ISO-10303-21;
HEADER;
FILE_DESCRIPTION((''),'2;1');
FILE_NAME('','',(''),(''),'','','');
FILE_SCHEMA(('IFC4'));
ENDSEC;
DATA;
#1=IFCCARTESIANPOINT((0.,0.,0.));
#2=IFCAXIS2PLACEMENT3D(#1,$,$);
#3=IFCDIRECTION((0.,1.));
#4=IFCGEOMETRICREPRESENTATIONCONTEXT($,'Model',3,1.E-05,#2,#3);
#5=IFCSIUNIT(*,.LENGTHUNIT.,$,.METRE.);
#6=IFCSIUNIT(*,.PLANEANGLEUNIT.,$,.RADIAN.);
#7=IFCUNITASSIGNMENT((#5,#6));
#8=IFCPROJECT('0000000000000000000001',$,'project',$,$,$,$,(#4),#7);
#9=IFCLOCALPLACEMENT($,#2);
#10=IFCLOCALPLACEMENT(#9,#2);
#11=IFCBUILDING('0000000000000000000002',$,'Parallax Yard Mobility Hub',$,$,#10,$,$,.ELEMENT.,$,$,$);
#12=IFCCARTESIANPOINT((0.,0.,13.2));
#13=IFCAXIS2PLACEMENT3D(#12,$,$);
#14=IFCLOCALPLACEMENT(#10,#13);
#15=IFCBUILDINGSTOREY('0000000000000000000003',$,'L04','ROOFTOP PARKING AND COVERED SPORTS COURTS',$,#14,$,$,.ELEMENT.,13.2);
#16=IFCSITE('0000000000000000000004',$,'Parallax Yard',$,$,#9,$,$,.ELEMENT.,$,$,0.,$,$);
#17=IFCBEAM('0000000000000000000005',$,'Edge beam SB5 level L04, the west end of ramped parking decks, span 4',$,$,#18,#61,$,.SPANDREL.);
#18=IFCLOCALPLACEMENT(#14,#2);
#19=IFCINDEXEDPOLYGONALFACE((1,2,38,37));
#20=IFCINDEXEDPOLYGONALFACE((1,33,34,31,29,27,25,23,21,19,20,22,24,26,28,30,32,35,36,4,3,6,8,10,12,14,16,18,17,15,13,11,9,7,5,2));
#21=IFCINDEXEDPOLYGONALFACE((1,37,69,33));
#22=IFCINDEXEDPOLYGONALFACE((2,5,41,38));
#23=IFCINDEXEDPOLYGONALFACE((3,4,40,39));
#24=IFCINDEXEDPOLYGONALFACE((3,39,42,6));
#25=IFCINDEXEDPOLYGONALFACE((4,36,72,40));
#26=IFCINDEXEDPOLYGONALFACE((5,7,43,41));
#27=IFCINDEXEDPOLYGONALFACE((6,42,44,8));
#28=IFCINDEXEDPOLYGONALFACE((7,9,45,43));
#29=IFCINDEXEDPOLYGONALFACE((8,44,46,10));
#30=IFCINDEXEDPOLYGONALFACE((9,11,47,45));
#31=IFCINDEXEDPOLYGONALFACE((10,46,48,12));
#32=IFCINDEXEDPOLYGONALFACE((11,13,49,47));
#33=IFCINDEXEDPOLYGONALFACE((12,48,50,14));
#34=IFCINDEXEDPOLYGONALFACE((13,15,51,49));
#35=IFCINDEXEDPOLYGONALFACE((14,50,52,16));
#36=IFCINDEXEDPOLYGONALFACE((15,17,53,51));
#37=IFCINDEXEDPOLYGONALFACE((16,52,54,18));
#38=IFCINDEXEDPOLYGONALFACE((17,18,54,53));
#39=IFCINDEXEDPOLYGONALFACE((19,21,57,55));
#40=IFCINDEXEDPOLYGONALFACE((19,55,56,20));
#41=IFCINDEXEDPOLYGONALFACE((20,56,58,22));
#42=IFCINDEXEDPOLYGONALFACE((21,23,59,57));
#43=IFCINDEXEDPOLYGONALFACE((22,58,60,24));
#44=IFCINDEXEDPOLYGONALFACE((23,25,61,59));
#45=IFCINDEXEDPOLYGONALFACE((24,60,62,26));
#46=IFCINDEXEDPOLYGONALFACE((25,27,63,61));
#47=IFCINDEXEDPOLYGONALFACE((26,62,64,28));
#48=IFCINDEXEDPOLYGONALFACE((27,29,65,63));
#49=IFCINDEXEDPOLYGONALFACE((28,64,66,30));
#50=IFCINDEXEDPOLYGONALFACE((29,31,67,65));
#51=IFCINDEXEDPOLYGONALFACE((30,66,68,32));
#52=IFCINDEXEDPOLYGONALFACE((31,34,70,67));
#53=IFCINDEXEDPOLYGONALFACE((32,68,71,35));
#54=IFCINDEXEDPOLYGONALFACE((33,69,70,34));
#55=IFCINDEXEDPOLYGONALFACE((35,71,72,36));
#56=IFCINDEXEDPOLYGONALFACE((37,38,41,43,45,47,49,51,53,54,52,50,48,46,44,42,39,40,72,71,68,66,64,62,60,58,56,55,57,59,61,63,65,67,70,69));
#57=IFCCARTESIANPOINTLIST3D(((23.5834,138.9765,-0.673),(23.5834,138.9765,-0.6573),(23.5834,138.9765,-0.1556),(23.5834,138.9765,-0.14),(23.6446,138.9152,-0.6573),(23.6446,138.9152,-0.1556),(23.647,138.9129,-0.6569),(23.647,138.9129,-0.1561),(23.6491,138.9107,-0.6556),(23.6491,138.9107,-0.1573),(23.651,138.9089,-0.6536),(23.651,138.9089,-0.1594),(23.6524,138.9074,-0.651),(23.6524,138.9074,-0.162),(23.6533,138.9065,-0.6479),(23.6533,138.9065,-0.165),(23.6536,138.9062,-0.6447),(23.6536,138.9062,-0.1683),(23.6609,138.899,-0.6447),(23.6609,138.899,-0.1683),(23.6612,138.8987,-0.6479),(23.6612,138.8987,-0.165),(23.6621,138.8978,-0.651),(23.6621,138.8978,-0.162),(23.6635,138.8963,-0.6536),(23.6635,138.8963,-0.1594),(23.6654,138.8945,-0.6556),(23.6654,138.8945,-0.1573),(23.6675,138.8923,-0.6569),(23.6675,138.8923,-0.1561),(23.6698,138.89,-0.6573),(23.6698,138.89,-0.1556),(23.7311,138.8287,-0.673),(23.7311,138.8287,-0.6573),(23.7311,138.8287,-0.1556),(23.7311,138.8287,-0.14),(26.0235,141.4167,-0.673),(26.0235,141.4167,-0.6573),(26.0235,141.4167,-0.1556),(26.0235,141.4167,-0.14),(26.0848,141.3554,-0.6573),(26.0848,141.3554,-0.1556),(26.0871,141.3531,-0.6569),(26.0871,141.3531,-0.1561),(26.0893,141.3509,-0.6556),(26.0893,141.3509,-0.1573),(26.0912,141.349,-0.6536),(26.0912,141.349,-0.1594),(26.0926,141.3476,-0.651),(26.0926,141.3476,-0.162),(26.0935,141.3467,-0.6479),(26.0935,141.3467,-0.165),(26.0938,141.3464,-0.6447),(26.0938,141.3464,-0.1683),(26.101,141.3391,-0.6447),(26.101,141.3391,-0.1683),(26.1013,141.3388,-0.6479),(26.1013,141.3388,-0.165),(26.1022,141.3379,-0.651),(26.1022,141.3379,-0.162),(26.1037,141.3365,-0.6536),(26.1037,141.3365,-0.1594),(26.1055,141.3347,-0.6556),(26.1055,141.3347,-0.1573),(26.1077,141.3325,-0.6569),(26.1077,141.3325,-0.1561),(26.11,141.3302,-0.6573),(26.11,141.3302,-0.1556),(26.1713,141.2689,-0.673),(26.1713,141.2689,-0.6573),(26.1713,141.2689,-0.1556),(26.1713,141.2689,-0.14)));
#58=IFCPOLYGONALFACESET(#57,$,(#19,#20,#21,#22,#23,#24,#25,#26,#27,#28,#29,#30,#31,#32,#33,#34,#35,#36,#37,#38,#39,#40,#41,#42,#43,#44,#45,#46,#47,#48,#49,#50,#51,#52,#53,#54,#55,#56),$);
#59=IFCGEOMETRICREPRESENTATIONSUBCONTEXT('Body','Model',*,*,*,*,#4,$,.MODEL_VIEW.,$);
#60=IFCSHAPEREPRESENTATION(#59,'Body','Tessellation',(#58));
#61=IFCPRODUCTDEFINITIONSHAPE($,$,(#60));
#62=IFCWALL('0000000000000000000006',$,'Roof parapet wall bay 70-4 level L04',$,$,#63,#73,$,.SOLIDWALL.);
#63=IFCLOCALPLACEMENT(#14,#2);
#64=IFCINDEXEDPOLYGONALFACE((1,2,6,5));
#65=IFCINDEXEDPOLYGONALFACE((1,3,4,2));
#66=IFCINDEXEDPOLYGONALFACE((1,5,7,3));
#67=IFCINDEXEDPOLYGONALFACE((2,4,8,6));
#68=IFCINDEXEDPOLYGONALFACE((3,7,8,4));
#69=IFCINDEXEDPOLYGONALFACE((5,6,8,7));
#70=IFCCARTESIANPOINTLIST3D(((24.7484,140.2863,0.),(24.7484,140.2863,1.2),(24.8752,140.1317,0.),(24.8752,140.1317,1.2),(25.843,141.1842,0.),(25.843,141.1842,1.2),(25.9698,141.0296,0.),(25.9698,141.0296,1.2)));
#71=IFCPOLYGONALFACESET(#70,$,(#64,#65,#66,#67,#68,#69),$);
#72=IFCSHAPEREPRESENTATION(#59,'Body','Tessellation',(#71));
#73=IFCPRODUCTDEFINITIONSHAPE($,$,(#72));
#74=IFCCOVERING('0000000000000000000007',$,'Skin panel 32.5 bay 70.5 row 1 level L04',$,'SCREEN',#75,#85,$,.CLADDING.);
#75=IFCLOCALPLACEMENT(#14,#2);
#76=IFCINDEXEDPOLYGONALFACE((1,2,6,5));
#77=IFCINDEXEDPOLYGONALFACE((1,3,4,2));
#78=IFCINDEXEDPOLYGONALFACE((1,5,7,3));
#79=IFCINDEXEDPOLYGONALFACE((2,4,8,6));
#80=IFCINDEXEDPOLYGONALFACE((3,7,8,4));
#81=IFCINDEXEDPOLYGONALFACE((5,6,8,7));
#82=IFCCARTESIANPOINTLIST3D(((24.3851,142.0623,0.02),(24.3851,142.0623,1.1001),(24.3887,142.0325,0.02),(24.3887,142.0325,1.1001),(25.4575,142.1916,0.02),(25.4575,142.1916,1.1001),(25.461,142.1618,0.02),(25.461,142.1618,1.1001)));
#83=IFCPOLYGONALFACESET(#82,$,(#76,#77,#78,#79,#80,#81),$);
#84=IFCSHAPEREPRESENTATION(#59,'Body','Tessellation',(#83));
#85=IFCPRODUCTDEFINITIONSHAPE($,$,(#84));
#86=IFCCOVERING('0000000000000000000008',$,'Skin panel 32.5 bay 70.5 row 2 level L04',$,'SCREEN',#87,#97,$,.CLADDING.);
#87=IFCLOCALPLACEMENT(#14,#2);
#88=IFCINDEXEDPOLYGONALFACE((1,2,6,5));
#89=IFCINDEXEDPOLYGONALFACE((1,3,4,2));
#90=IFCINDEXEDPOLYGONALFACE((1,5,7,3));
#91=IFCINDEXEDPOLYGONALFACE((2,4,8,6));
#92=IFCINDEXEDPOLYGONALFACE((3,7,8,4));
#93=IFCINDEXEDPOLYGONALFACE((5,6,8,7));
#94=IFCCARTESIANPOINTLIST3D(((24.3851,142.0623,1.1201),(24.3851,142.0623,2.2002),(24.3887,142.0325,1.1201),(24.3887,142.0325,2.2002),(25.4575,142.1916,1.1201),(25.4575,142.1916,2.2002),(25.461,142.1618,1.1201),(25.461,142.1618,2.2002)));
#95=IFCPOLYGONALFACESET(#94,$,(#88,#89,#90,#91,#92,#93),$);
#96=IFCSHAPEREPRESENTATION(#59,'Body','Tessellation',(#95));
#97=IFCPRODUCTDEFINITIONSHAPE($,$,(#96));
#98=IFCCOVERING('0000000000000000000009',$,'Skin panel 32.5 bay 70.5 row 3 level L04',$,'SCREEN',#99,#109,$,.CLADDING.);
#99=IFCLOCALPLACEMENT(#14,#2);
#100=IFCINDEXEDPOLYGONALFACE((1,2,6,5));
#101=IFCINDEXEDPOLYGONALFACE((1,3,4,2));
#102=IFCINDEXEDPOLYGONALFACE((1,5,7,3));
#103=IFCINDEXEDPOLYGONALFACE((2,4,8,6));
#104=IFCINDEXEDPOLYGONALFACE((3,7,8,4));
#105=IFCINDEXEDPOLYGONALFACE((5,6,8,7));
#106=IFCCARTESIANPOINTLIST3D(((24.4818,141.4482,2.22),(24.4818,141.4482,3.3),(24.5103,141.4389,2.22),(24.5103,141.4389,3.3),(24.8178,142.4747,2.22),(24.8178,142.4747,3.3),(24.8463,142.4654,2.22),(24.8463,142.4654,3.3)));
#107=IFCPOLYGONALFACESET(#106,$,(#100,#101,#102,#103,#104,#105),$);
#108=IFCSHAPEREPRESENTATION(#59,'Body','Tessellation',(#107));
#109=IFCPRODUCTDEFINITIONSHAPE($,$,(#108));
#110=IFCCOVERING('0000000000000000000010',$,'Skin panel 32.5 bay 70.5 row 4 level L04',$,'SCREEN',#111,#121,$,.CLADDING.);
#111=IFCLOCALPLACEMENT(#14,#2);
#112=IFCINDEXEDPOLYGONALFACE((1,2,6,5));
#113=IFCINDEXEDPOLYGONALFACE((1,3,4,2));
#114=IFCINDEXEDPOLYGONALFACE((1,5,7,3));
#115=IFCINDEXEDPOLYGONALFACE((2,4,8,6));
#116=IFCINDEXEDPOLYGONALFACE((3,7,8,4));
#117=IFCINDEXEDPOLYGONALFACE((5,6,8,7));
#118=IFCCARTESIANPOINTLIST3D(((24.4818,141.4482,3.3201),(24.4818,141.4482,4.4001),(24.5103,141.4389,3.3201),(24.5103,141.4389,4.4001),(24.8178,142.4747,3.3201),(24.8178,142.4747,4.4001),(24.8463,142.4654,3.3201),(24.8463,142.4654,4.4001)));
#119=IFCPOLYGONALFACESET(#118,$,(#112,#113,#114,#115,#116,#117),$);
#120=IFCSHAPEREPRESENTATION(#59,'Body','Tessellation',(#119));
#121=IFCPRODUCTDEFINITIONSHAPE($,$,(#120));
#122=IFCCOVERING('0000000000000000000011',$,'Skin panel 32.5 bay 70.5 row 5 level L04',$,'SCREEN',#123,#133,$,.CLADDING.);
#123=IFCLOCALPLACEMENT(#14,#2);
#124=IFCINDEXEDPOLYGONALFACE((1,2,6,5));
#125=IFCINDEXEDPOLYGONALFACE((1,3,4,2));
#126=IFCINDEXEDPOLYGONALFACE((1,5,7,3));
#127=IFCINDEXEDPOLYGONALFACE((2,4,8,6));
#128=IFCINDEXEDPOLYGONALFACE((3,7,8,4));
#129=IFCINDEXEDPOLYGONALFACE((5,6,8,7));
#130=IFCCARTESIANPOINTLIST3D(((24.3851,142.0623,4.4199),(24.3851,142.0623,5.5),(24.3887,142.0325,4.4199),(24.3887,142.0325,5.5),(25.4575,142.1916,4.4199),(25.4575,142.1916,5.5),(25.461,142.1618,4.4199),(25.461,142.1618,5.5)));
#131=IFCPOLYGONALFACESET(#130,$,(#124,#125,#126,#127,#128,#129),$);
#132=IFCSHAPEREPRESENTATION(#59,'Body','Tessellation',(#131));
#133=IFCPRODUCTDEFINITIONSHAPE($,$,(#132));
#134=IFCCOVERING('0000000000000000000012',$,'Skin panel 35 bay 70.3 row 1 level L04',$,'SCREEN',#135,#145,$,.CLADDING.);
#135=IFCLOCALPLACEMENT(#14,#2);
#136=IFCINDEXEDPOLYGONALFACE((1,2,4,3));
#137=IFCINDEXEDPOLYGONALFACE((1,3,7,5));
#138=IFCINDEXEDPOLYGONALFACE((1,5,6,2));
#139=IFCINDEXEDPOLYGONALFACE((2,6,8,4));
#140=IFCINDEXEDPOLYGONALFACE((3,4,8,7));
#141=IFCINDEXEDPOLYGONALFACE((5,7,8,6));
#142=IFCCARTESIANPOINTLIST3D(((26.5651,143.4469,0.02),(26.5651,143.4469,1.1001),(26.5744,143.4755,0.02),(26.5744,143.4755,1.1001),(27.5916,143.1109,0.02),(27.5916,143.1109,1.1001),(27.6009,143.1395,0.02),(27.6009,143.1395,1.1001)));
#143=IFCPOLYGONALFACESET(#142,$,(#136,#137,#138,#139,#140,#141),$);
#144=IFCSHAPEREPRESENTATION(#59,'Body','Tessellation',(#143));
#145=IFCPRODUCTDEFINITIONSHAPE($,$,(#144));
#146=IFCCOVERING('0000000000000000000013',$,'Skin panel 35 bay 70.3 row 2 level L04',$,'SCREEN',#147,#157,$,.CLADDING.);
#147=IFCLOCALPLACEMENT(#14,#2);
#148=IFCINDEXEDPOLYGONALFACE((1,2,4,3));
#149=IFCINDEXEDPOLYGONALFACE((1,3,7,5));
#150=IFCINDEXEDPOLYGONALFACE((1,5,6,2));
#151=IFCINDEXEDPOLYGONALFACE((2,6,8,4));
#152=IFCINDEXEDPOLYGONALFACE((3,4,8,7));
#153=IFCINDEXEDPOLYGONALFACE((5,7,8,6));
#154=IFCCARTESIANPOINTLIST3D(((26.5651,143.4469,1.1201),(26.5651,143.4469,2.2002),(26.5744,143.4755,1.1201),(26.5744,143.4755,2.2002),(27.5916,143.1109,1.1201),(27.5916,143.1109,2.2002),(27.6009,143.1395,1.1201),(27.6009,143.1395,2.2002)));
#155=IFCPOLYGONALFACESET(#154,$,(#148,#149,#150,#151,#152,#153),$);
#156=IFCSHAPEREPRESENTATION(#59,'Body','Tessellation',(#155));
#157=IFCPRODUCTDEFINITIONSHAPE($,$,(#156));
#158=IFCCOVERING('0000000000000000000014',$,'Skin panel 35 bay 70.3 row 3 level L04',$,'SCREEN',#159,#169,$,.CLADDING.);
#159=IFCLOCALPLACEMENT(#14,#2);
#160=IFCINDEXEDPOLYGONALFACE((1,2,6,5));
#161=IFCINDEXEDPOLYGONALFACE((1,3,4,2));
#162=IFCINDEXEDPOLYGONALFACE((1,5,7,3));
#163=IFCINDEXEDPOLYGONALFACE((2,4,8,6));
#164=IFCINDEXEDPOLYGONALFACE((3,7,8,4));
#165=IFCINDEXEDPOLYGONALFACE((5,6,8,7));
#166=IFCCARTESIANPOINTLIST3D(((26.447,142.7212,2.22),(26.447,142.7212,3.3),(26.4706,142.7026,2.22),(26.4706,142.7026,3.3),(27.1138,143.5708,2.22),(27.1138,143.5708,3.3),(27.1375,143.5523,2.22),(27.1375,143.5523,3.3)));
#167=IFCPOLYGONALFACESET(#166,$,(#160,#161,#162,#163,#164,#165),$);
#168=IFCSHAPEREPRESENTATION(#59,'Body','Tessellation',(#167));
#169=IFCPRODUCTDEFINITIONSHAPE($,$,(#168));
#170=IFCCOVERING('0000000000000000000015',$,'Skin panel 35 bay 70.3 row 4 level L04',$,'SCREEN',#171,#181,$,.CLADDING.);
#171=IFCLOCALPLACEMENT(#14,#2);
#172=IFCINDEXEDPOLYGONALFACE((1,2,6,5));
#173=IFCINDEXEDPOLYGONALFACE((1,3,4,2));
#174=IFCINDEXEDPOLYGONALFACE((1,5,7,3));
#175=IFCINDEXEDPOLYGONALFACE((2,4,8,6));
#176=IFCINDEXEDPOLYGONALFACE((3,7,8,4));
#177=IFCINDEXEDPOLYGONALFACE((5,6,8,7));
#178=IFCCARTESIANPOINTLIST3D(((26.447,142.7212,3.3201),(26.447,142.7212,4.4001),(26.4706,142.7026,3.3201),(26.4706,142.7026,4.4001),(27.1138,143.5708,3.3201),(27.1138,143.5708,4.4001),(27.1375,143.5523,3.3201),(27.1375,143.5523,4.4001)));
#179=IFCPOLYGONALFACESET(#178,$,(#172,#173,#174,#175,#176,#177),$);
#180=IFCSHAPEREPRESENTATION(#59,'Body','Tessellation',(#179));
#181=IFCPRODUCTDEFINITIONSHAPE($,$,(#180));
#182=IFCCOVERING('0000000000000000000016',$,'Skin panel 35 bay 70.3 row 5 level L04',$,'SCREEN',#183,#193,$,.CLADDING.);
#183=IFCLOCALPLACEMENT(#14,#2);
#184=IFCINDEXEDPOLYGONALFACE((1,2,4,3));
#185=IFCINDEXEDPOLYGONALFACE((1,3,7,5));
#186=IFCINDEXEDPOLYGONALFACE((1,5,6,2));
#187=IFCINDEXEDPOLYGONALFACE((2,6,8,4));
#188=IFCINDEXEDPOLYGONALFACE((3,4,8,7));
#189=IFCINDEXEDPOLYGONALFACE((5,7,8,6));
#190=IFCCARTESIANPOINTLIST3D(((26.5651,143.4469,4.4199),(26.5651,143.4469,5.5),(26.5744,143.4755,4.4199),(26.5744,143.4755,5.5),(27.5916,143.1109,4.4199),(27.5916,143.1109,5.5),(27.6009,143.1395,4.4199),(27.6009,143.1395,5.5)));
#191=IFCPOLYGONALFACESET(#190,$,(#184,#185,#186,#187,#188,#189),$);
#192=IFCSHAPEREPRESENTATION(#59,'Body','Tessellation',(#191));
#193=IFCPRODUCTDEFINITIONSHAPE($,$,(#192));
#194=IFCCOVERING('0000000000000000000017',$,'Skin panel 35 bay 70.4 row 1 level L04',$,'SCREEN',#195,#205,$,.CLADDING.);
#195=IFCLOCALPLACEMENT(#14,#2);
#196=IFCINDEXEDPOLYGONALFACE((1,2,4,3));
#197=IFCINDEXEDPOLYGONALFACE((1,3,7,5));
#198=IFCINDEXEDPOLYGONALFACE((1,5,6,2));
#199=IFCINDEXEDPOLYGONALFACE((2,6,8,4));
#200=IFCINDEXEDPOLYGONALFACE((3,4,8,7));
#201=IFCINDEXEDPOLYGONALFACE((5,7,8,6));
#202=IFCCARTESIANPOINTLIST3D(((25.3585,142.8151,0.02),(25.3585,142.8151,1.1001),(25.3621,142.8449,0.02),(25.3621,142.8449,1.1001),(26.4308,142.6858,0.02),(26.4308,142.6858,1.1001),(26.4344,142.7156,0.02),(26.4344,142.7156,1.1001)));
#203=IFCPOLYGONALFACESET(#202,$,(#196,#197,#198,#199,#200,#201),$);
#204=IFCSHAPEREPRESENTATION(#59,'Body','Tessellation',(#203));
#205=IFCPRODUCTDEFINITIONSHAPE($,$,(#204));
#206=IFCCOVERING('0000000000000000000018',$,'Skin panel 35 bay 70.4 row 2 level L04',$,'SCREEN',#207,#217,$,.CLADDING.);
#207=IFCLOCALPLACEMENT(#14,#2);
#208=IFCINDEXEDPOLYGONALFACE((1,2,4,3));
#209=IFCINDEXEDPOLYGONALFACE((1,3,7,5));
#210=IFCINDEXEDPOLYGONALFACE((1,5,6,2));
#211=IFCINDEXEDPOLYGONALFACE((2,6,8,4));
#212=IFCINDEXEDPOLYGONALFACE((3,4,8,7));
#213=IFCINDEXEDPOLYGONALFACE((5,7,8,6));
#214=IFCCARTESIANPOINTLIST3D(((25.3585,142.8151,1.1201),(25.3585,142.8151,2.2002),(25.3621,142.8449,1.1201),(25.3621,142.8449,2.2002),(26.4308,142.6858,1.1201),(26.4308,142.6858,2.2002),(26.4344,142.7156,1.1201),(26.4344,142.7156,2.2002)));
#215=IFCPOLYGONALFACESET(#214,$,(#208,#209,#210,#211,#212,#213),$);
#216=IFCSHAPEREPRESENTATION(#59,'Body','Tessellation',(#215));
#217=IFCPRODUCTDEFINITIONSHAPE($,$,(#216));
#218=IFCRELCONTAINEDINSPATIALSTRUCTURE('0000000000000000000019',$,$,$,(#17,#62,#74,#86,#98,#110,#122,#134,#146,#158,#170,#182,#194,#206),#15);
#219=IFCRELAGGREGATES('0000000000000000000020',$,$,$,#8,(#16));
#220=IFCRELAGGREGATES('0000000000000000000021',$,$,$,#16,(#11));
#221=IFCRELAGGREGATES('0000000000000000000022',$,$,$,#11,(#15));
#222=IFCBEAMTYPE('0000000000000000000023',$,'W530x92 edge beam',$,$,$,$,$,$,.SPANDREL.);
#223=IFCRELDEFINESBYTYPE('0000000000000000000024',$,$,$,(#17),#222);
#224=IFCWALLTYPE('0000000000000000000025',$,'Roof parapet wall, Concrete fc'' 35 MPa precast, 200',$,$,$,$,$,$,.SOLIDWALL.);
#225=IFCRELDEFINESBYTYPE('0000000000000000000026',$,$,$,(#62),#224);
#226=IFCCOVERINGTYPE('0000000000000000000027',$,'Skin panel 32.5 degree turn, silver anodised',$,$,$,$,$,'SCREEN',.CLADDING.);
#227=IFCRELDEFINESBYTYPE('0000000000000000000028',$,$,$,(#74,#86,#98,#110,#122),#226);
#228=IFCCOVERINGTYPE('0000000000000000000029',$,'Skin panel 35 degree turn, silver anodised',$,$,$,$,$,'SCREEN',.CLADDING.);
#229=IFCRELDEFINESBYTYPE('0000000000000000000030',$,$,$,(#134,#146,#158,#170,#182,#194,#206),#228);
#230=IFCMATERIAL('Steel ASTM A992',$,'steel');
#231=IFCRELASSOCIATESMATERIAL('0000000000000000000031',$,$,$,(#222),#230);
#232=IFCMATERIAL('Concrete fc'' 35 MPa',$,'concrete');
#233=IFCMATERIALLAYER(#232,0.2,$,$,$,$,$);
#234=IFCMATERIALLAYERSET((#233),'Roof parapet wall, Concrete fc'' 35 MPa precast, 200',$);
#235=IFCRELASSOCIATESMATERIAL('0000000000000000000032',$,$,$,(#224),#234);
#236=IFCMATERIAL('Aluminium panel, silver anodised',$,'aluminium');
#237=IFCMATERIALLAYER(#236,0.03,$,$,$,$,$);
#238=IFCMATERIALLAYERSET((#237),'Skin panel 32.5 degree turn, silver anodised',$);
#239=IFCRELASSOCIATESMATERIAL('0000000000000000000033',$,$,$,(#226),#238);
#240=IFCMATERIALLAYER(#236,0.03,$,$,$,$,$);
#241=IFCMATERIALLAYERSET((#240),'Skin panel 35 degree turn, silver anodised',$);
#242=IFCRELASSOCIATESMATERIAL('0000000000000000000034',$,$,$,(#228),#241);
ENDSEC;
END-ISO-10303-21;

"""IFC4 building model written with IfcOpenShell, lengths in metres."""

from ifc_helpers import new_model, si_unit, direction, frame, frame_2d, origin, origin_2d, place, context, subcontext, project, spatial, rectangle, i_section, extrude, material, layer, layer_set, material_profile, profile_set, type_object, element, save


model = new_model("IFC4")

# Units and contexts
model_context = context("Model", 3, precision=1e-05, world=origin(), true_north=direction((0.0, 1.0)))
body_context = subcontext(model_context, "Body", "Model", "MODEL_VIEW")
ifc_project = project(units=[si_unit("LENGTHUNIT", "METRE"), si_unit("PLANEANGLEUNIT", "RADIAN")], contexts=[model_context])

# Site, building, storey
site_placement = place(None, origin())
site = spatial("IfcSite", under=ifc_project, at=site_placement, Name="Parallax Yard", CompositionType="ELEMENT", RefElevation=0.0)
building_placement = place(site_placement, origin())
building = spatial("IfcBuilding", under=site, at=building_placement, Name="Parallax Yard Mobility Hub", CompositionType="ELEMENT")
storey_placement = place(building_placement, frame((0.0, 0.0, 13.2)))
storey = spatial("IfcBuildingStorey", under=building, at=storey_placement, Name="L04", Description="ROOFTOP PARKING AND COVERED SPORTS COURTS", CompositionType="ELEMENT", Elevation=13.2)

# Beam
ifc_material_1 = material(Name="Steel ASTM A992", Category="steel")
ifc_material_profile_1 = material_profile(ifc_material_1, i_section(OverallWidth=0.209, OverallDepth=0.533, WebThickness=0.0103, FlangeThickness=0.0156, FilletRadius=0.0127, at=origin_2d()), Name="W530x92")
ifc_profile_set_1 = profile_set([ifc_material_profile_1], Name="Steel ASTM A992")
beam_type = type_object("IfcBeamType", Name="W530x92 edge beam", PredefinedType="SPANDREL", material=ifc_profile_set_1)
beam_placement = place(storey_placement, frame((26.0974, 141.3428, -0.4065), z_axis=(-0.707107, -0.707107, 0.0), x_axis=(0.707107, -0.707107, 0.0)))
element("IfcBeam", 1, at=beam_placement, inside=storey, type_object=beam_type, Name="Edge beam SB5 level L04, the west end of ramped parking decks, span 4", PredefinedType="SPANDREL", context=body_context, shape_type="SweptSolid", body=[
    extrude(i_section(OverallWidth=0.209, OverallDepth=0.533, WebThickness=0.0103, FlangeThickness=0.0156, FilletRadius=0.0127, at=origin_2d()), origin(), (0.0, 0.0, 1.0), 3.4509),
])

# Wall
ifc_material_2 = material(Name="Concrete fc' 35 MPa", Category="concrete")
ifc_layer_1 = layer(ifc_material_2, 0.2)
ifc_layer_set_1 = layer_set([ifc_layer_1], Name="Roof parapet wall, Concrete fc' 35 MPa precast, 200")
wall_type = type_object("IfcWallType", Name="Roof parapet wall, Concrete fc' 35 MPa precast, 200", PredefinedType="SOLIDWALL", material=ifc_layer_set_1)
wall_placement = place(storey_placement, frame((25.9065, 141.1069, 0.0), z_axis=(0.0, 0.0, 1.0), x_axis=(-0.773173, -0.634195, 0.0)))
element("IfcWall", 2, at=wall_placement, inside=storey, type_object=wall_type, Name="Roof parapet wall bay 70-4 level L04", PredefinedType="SOLIDWALL", context=body_context, shape_type="SweptSolid", body=[
    extrude(rectangle(XDim=1.4158, YDim=0.2, at=frame_2d((0.708, 0.0))), origin(), (0.0, 0.0, 1.0), 1.2),
])

# Coverings
ifc_material_3 = material(Name="Aluminium panel, silver anodised", Category="aluminium")
ifc_layer_2 = layer(ifc_material_3, 0.03)
ifc_layer_set_2 = layer_set([ifc_layer_2], Name="Skin panel 32.5 degree turn, silver anodised")
covering_type_1 = type_object("IfcCoveringType", Name="Skin panel 32.5 degree turn, silver anodised", ElementType="SCREEN", PredefinedType="CLADDING", material=ifc_layer_set_2)
for number, where, z_axis, x_axis, name in (
    (3, (24.9231, 142.1121, 0.02), (0.0, 0.0, 1.0), (-0.99281, -0.119704, 0.0), "Skin panel 32.5 bay 70.5 row 1 level L04"),
    (4, (24.9231, 142.1121, 1.1201), (0.0, 0.0, 1.0), (-0.99281, -0.119704, 0.0), "Skin panel 32.5 bay 70.5 row 2 level L04"),
    (5, (24.6641, 141.9568, 2.22), (0.0, 0.0, 1.0), (0.311091, 0.95038, 0.0), "Skin panel 32.5 bay 70.5 row 3 level L04"),
    (6, (24.6641, 141.9568, 3.3201), (0.0, 0.0, 1.0), (0.311091, 0.95038, 0.0), "Skin panel 32.5 bay 70.5 row 4 level L04"),
    (7, (24.9231, 142.1121, 4.4199), (0.0, 0.0, 1.0), (-0.99281, -0.119704, 0.0), "Skin panel 32.5 bay 70.5 row 5 level L04"),
):
    element("IfcCovering", number, at=place(storey_placement, frame(where, z_axis=z_axis, x_axis=x_axis)), inside=storey, type_object=covering_type_1, Name=name, ObjectType="SCREEN", PredefinedType="CLADDING", context=body_context, shape_type="SweptSolid", body=[
        extrude(rectangle(XDim=1.0801, YDim=0.03, at=origin_2d()), origin(), (0.0, 0.0, 1.0), 1.0801),
    ])
ifc_layer_3 = layer(ifc_material_3, 0.03)
ifc_layer_set_3 = layer_set([ifc_layer_3], Name="Skin panel 35 degree turn, silver anodised")
covering_type_2 = type_object("IfcCoveringType", Name="Skin panel 35 degree turn, silver anodised", ElementType="SCREEN", PredefinedType="CLADDING", material=ifc_layer_set_3)
for number, where, z_axis, x_axis, name in (
    (8, (27.083, 143.2932, 0.02), (0.0, 0.0, 1.0), (-0.95038, 0.311091, 0.0), "Skin panel 35 bay 70.3 row 1 level L04"),
    (9, (27.083, 143.2932, 1.1201), (0.0, 0.0, 1.0), (-0.95038, 0.311091, 0.0), "Skin panel 35 bay 70.3 row 2 level L04"),
    (10, (26.7922, 143.1367, 2.22), (0.0, 0.0, 1.0), (0.617379, 0.786666, 0.0), "Skin panel 35 bay 70.3 row 3 level L04"),
    (11, (26.7922, 143.1367, 3.3201), (0.0, 0.0, 1.0), (0.617379, 0.786666, 0.0), "Skin panel 35 bay 70.3 row 4 level L04"),
    (12, (27.083, 143.2932, 4.4199), (0.0, 0.0, 1.0), (-0.95038, 0.311091, 0.0), "Skin panel 35 bay 70.3 row 5 level L04"),
    (13, (25.8965, 142.7654, 0.02), (0.0, 0.0, 1.0), (-0.99281, 0.119704, 0.0), "Skin panel 35 bay 70.4 row 1 level L04"),
    (14, (25.8965, 142.7654, 1.1201), (0.0, 0.0, 1.0), (-0.99281, 0.119704, 0.0), "Skin panel 35 bay 70.4 row 2 level L04"),
):
    element("IfcCovering", number, at=place(storey_placement, frame(where, z_axis=z_axis, x_axis=x_axis)), inside=storey, type_object=covering_type_2, Name=name, ObjectType="SCREEN", PredefinedType="CLADDING", context=body_context, shape_type="SweptSolid", body=[
        extrude(rectangle(XDim=1.0801, YDim=0.03, at=origin_2d()), origin(), (0.0, 0.0, 1.0), 1.0801),
    ])

save(model, "model.ifc")
